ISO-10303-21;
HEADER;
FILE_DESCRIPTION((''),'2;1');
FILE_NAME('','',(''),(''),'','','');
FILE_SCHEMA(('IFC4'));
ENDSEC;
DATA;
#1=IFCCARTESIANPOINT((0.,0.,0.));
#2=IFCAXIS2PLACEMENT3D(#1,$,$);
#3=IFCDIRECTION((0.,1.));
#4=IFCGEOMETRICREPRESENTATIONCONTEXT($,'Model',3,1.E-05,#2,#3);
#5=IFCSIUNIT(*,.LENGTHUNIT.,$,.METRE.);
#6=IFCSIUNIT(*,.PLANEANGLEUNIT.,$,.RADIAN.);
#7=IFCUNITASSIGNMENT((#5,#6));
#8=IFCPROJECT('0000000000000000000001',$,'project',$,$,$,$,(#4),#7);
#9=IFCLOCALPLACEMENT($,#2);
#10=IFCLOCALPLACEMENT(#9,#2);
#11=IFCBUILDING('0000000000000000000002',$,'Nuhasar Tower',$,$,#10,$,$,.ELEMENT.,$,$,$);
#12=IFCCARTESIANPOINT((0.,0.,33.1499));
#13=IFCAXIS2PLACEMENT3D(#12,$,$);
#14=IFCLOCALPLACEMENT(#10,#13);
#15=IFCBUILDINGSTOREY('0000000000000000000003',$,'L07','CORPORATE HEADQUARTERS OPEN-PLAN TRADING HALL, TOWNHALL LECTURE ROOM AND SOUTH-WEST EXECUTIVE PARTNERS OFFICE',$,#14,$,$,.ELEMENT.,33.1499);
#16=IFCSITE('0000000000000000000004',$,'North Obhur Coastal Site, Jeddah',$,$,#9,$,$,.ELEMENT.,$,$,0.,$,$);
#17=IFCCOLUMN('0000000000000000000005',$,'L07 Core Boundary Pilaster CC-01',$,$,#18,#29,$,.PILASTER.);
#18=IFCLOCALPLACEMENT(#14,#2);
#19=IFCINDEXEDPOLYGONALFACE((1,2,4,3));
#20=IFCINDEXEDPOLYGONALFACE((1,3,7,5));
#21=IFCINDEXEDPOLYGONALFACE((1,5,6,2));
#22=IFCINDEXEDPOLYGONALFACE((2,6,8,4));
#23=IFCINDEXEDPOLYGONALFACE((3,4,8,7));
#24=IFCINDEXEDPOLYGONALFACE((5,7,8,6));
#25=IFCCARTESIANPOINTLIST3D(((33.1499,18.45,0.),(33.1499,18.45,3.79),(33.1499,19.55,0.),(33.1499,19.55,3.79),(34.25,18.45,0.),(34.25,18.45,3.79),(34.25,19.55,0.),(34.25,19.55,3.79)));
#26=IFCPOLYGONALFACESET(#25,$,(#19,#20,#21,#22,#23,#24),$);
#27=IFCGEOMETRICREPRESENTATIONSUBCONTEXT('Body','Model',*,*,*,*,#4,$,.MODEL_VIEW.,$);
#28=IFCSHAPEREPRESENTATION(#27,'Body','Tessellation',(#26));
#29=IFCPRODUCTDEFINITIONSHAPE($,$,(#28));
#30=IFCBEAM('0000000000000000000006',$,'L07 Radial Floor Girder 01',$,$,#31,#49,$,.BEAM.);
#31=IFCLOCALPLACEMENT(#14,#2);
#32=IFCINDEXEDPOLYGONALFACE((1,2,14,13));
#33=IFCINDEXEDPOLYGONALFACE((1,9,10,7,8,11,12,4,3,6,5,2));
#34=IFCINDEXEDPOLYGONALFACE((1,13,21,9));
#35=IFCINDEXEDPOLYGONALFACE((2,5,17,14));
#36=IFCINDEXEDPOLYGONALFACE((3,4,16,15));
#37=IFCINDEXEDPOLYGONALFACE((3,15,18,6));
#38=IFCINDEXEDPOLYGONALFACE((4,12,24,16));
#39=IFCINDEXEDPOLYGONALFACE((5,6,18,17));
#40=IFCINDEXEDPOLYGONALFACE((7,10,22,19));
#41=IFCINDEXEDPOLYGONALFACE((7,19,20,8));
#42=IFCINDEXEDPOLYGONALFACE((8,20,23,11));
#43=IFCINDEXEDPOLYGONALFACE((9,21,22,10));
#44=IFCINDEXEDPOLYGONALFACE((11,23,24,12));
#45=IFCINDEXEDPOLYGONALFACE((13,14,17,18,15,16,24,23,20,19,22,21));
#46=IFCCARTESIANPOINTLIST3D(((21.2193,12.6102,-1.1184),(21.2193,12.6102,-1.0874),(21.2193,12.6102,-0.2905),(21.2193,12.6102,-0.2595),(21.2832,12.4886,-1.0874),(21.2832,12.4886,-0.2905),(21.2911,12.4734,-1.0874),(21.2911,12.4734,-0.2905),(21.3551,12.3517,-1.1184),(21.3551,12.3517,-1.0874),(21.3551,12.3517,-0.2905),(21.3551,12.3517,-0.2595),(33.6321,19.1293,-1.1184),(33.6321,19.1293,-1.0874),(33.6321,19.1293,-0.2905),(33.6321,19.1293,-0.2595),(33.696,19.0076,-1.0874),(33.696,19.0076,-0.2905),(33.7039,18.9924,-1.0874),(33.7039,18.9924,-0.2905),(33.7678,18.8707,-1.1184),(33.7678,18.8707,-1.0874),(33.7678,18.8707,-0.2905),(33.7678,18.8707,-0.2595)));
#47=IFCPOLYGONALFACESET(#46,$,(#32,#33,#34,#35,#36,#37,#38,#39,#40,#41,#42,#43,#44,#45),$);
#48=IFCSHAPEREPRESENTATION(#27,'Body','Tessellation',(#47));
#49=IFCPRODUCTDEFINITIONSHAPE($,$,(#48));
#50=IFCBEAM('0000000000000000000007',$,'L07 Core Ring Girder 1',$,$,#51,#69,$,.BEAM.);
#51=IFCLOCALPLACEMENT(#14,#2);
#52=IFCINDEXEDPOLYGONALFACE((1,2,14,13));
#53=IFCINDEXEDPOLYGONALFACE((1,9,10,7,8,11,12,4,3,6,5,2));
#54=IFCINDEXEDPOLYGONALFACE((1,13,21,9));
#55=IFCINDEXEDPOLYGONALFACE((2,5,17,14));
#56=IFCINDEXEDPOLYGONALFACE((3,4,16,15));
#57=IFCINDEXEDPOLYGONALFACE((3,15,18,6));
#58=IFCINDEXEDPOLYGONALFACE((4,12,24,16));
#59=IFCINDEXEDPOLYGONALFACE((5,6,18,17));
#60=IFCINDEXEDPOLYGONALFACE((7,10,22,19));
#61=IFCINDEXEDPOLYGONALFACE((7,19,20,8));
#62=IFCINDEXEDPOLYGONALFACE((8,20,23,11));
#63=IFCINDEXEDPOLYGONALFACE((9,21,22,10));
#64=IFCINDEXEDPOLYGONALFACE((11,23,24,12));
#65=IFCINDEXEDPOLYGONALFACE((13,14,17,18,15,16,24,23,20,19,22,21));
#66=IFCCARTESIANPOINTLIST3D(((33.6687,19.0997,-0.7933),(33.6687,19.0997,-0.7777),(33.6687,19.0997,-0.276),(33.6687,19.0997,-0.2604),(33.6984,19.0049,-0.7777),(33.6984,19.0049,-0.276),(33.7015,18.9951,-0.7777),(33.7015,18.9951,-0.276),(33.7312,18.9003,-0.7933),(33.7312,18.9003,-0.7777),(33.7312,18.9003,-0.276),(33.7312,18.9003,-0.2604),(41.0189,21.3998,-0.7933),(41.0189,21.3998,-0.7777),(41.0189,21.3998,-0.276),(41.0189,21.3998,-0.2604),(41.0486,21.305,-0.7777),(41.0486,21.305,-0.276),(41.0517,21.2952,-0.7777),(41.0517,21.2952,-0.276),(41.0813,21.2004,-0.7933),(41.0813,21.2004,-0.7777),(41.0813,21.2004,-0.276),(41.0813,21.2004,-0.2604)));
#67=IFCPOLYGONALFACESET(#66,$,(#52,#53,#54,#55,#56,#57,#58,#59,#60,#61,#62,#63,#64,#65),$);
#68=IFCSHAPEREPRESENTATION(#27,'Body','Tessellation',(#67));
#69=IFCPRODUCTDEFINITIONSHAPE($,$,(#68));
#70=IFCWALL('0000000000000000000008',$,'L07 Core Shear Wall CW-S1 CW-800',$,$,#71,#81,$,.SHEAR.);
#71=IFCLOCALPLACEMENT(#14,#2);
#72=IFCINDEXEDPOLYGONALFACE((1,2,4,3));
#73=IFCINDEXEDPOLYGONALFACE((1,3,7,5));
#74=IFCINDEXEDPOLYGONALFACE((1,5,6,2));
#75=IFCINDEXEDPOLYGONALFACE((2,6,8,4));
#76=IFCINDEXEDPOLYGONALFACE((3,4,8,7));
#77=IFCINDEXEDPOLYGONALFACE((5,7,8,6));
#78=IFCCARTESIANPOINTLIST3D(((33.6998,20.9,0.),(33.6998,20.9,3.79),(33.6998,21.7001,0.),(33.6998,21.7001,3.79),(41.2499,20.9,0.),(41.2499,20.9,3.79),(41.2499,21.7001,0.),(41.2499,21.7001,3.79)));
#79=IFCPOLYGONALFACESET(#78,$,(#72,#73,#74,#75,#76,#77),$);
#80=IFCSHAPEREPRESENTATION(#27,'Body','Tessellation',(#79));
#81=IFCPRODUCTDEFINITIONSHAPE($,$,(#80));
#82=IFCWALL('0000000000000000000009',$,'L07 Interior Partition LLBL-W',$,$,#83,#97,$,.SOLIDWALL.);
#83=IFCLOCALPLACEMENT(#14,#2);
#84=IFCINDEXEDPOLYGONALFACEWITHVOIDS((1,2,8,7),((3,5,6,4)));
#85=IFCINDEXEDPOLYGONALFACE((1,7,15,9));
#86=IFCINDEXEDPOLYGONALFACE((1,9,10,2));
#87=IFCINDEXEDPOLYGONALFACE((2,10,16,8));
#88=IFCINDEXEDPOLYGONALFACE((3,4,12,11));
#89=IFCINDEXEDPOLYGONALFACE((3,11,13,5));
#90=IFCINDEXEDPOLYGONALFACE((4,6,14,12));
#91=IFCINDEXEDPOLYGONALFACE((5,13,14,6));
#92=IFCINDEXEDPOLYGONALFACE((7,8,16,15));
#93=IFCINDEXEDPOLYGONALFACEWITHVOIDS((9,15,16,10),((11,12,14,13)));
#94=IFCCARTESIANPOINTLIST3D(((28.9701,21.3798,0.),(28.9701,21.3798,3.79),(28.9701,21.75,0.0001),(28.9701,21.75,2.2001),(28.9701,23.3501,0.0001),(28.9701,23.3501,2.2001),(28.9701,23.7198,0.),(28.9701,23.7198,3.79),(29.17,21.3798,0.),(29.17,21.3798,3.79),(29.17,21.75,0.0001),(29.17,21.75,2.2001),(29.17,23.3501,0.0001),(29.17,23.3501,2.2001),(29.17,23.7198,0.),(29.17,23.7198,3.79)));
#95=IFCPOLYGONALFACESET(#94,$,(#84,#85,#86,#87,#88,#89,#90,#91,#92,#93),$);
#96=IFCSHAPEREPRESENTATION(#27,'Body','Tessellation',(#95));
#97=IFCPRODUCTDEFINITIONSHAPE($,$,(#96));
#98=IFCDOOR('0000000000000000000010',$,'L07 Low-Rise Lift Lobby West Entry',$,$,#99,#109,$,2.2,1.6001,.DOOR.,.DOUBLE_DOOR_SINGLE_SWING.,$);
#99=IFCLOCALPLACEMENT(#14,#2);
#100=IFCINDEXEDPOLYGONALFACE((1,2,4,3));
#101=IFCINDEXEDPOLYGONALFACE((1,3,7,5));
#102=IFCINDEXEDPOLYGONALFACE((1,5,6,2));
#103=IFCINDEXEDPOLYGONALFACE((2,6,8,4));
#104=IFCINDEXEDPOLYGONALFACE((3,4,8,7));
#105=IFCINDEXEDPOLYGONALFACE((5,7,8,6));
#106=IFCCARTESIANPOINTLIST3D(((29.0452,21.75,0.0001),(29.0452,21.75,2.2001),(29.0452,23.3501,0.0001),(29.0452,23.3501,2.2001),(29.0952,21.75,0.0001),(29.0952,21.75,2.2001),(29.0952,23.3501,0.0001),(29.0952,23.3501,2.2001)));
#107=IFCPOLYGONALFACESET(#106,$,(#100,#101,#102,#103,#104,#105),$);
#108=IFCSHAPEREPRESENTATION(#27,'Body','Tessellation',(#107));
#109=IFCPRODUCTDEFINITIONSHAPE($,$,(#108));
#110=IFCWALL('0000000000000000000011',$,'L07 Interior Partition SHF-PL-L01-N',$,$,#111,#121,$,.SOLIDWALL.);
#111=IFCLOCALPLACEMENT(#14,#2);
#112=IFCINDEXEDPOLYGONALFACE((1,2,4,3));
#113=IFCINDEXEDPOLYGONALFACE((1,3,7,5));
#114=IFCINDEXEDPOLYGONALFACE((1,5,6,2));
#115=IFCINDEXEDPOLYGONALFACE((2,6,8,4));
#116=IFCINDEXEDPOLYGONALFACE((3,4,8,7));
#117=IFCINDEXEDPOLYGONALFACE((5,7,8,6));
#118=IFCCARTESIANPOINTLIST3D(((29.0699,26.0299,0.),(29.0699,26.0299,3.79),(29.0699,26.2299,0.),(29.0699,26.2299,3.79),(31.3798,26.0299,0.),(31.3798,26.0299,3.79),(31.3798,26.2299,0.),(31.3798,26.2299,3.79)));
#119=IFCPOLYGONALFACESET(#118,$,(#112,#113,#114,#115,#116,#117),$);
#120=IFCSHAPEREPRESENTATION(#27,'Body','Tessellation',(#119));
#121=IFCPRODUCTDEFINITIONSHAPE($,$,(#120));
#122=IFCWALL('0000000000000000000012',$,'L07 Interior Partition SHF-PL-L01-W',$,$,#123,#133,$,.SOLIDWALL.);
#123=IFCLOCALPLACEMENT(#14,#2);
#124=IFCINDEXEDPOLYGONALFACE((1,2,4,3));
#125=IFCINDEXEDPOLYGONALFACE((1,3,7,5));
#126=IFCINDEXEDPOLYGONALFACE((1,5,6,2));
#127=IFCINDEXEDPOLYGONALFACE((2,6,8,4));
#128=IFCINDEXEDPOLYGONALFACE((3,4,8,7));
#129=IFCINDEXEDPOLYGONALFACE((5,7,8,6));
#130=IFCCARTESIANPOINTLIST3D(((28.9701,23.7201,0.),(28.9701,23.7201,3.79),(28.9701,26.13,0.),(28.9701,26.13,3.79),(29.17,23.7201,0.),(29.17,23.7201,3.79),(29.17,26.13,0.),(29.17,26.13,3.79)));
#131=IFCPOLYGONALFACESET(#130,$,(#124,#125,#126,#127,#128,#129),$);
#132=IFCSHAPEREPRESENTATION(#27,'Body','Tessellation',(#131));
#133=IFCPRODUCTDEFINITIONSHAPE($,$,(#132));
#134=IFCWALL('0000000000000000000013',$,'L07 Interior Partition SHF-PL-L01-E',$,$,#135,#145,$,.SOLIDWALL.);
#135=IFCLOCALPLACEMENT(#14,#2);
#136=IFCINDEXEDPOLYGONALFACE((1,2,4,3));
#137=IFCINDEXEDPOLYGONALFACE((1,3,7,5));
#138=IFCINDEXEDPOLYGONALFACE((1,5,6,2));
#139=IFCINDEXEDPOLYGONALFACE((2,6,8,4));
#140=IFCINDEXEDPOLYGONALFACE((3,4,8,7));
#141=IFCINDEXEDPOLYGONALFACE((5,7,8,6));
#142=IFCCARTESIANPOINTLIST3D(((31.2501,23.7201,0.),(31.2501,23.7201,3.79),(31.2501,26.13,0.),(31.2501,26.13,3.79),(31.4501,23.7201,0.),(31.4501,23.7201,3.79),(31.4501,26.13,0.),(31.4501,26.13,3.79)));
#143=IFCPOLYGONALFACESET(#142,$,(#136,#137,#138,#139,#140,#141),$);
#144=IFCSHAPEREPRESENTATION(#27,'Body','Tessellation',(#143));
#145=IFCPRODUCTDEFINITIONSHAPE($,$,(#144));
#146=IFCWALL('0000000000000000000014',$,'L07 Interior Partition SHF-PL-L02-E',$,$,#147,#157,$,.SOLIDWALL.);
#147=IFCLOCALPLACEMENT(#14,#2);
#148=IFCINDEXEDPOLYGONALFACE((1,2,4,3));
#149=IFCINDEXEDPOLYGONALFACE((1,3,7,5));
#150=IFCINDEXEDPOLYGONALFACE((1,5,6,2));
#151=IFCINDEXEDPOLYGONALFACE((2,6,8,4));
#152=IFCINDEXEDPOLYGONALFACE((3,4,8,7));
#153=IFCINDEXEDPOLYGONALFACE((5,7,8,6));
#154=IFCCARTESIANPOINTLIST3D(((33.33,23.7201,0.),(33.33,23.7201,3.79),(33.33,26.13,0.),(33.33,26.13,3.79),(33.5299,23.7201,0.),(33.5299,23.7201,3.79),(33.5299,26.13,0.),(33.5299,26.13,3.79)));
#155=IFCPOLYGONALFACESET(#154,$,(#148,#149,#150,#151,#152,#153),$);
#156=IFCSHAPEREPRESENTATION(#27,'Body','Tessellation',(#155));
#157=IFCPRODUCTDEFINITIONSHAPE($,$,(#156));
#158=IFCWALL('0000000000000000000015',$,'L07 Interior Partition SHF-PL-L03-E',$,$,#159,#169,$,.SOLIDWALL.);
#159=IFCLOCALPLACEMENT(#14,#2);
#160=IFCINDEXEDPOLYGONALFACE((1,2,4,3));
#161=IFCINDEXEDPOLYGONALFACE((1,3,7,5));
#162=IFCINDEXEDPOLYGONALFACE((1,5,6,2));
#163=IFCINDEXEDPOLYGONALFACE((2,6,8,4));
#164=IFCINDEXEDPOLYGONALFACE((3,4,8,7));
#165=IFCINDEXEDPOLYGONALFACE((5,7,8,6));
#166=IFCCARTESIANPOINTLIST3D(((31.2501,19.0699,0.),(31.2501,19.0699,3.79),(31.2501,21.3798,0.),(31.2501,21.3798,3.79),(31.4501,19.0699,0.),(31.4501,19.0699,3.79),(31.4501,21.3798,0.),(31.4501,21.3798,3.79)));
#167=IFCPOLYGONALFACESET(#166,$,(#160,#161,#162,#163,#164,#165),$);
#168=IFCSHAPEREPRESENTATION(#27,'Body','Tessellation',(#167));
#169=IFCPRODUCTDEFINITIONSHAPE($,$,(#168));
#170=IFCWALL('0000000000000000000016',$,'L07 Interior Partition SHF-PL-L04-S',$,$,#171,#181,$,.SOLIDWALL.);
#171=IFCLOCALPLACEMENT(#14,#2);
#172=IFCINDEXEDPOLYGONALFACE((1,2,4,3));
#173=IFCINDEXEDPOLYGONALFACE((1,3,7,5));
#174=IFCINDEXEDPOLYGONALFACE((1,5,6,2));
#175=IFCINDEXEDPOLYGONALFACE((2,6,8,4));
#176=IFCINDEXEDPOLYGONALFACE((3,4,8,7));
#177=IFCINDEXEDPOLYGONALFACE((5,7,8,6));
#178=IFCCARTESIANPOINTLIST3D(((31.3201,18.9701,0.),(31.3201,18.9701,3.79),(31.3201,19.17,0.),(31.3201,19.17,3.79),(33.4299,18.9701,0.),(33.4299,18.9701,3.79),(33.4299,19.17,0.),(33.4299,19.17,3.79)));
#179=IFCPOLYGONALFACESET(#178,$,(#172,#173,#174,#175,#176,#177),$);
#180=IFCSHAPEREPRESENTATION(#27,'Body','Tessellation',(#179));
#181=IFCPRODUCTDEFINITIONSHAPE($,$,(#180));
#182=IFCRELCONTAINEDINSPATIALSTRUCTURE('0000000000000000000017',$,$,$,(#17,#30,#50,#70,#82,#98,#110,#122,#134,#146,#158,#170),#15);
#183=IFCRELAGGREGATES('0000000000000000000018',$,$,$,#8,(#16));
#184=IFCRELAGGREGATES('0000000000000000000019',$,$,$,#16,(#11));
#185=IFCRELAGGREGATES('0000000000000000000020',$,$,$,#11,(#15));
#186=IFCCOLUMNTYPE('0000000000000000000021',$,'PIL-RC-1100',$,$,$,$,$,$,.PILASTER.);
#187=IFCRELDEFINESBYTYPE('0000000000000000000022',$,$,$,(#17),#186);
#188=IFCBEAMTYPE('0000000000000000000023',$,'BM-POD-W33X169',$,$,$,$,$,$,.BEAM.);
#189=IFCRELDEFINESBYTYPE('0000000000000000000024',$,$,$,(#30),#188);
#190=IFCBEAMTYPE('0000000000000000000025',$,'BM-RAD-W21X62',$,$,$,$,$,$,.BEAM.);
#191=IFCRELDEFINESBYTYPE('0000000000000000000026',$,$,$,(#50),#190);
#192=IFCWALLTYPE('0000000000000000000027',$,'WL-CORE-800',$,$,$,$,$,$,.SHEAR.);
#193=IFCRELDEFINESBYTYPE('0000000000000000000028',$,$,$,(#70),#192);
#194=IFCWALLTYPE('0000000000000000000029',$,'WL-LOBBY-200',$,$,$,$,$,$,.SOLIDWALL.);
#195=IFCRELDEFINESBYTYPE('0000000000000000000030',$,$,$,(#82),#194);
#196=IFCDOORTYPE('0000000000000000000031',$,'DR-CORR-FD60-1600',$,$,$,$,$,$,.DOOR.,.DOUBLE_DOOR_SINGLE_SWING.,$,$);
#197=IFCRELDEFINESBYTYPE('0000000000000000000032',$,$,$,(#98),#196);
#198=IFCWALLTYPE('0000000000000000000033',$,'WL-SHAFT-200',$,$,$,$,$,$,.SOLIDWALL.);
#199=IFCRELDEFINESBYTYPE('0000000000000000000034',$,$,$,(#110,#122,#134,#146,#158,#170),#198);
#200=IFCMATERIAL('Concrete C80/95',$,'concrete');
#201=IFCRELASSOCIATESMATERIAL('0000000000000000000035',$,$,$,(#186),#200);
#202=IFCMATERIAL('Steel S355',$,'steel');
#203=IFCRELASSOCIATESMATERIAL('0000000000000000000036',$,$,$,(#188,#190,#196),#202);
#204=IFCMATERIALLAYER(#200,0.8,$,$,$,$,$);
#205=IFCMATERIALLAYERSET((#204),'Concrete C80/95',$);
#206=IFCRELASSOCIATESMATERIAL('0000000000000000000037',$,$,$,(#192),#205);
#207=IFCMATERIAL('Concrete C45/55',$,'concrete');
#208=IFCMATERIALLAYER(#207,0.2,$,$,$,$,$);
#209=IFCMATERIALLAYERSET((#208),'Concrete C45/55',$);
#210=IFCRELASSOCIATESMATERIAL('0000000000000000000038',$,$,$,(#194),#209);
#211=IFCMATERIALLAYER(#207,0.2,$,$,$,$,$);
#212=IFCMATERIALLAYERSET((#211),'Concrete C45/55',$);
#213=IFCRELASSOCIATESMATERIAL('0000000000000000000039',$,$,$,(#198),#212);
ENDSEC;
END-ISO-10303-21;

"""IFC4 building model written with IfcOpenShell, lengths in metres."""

from ifc_helpers import new_model, si_unit, direction, frame, frame_2d, origin, origin_2d, place, context, subcontext, project, spatial, rectangle, i_section, extrude, material, layer, layer_set, material_profile, profile_set, type_object, element, fill, save


model = new_model("IFC4")

# Units and contexts
model_context = context("Model", 3, precision=1e-05, world=origin(), true_north=direction((0.0, 1.0)))
body_context = subcontext(model_context, "Body", "Model", "MODEL_VIEW")
ifc_project = project(units=[si_unit("LENGTHUNIT", "METRE"), si_unit("PLANEANGLEUNIT", "RADIAN")], contexts=[model_context])

# Site, building, storey
site_placement = place(None, origin())
site = spatial("IfcSite", under=ifc_project, at=site_placement, Name="North Obhur Coastal Site, Jeddah", CompositionType="ELEMENT", RefElevation=0.0)
building_placement = place(site_placement, origin())
building = spatial("IfcBuilding", under=site, at=building_placement, Name="Nuhasar Tower", CompositionType="ELEMENT")
storey_placement = place(building_placement, frame((0.0, 0.0, 33.1499)))
storey = spatial("IfcBuildingStorey", under=building, at=storey_placement, Name="L07", Description="CORPORATE HEADQUARTERS OPEN-PLAN TRADING HALL, TOWNHALL LECTURE ROOM AND SOUTH-WEST EXECUTIVE PARTNERS OFFICE", CompositionType="ELEMENT", Elevation=33.1499)

# Column
ifc_material_1 = material(Name="Concrete C80/95", Category="concrete")
ifc_material_profile_1 = material_profile(ifc_material_1, rectangle(XDim=1.1001, YDim=1.1001, at=origin_2d()), Name="RC1100X1100")
ifc_profile_set_1 = profile_set([ifc_material_profile_1], Name="Concrete C80/95")
column_type = type_object("IfcColumnType", Name="PIL-RC-1100", PredefinedType="PILASTER", material=ifc_profile_set_1)
column_placement = place(storey_placement, frame((33.7, 19.0, 0.0), z_axis=(0.0, 0.0, 1.0), x_axis=(1.0, 0.0, 0.0)))
element("IfcColumn", 1, at=column_placement, inside=storey, type_object=column_type, Name="L07 Core Boundary Pilaster CC-01", PredefinedType="PILASTER", context=body_context, shape_type="SweptSolid", body=[
    extrude(rectangle(XDim=1.1001, YDim=1.1001, at=origin_2d()), origin(), (0.0, 0.0, 1.0), 3.79),
])

# Beams
ifc_material_2 = material(Name="Steel S355", Category="steel")
ifc_material_profile_2 = material_profile(ifc_material_2, i_section(OverallWidth=0.292, OverallDepth=0.8589, WebThickness=0.0171, FlangeThickness=0.031, at=origin_2d()), Name="W33X169")
ifc_profile_set_2 = profile_set([ifc_material_profile_2], Name="Steel S355")
beam_type_1 = type_object("IfcBeamType", Name="BM-POD-W33X169", PredefinedType="BEAM", material=ifc_profile_set_2)
beam_1_placement = place(storey_placement, frame((33.7, 19.0, -0.689), z_axis=(-0.88533, -0.464963, 0.0), x_axis=(0.464963, -0.88533, 0.0)))
element("IfcBeam", 2, at=beam_1_placement, inside=storey, type_object=beam_type_1, Name="L07 Radial Floor Girder 01", PredefinedType="BEAM", context=body_context, shape_type="SweptSolid", body=[
    extrude(i_section(OverallWidth=0.292, OverallDepth=0.8589, WebThickness=0.0171, FlangeThickness=0.031, at=origin_2d()), origin(), (0.0, 0.0, 1.0), 14.0205),
])
ifc_material_profile_3 = material_profile(ifc_material_2, i_section(OverallWidth=0.209, OverallDepth=0.533, WebThickness=0.0103, FlangeThickness=0.0156, at=origin_2d()), Name="W21X62")
ifc_profile_set_3 = profile_set([ifc_material_profile_3], Name="Steel S355")
beam_type_2 = type_object("IfcBeamType", Name="BM-RAD-W21X62", PredefinedType="BEAM", material=ifc_profile_set_3)
beam_2_placement = place(storey_placement, frame((33.7, 19.0, -0.5269), z_axis=(0.954364, 0.298647, 0.0), x_axis=(-0.298647, 0.954364, 0.0)))
element("IfcBeam", 3, at=beam_2_placement, inside=storey, type_object=beam_type_2, Name="L07 Core Ring Girder 1", PredefinedType="BEAM", context=body_context, shape_type="SweptSolid", body=[
    extrude(i_section(OverallWidth=0.209, OverallDepth=0.533, WebThickness=0.0103, FlangeThickness=0.0156, at=origin_2d()), origin(), (0.0, 0.0, 1.0), 7.7017),
])

# Wall
ifc_layer_1 = layer(ifc_material_1, 0.8)
ifc_layer_set_1 = layer_set([ifc_layer_1], Name="Concrete C80/95")
wall_type_1 = type_object("IfcWallType", Name="WL-CORE-800", PredefinedType="SHEAR", material=ifc_layer_set_1)
wall_1_placement = place(storey_placement, frame((33.7, 21.3, 0.0), z_axis=(0.0, 0.0, 1.0), x_axis=(1.0, 0.0, 0.0)))
element("IfcWall", 4, at=wall_1_placement, inside=storey, type_object=wall_type_1, Name="L07 Core Shear Wall CW-S1 CW-800", PredefinedType="SHEAR", context=body_context, shape_type="SweptSolid", body=[
    extrude(rectangle(XDim=7.55, YDim=0.8, at=frame_2d((3.7749, 0.0))), origin(), (0.0, 0.0, 1.0), 3.79),
])

# Wall, opening, door
ifc_material_3 = material(Name="Concrete C45/55", Category="concrete")
ifc_layer_2 = layer(ifc_material_3, 0.2)
ifc_layer_set_2 = layer_set([ifc_layer_2], Name="Concrete C45/55")
wall_type_2 = type_object("IfcWallType", Name="WL-LOBBY-200", PredefinedType="SOLIDWALL", material=ifc_layer_set_2)
wall_2_placement = place(storey_placement, frame((29.0701, 21.3799, 0.0), z_axis=(0.0, 0.0, 1.0), x_axis=(0.0, 1.0, 0.0)))
wall_2 = element("IfcWall", 5, at=wall_2_placement, inside=storey, type_object=wall_type_2, Name="L07 Interior Partition LLBL-W", PredefinedType="SOLIDWALL", context=body_context, shape_type="SweptSolid", body=[
    extrude(rectangle(XDim=2.3401, YDim=0.2, at=frame_2d((1.1699, 0.0))), origin(), (0.0, 0.0, 1.0), 3.79),
])
opening_1_placement = place(wall_2_placement, frame((0.3701, 0.0, 0.0)))
opening_1 = element("IfcOpeningElement", 6, at=opening_1_placement, cuts=wall_2, PredefinedType="OPENING", context=body_context, shape_type="SweptSolid", body=[
    extrude(rectangle(XDim=1.6001, YDim=2.2, at=frame_2d((0.8, 1.1001))), frame((0.0, 0.1099, 0.0), z_axis=(0.0, -1.0, 0.0), x_axis=(1.0, 0.0, 0.0)), (0.0, 0.0, 1.0), 0.22),
])
door_type_1 = type_object("IfcDoorType", Name="DR-CORR-FD60-1600", OperationType="DOUBLE_DOOR_SINGLE_SWING", PredefinedType="DOOR", material=ifc_material_2)
door_1_placement = place(opening_1_placement, origin())
door_1 = element("IfcDoor", 7, at=door_1_placement, inside=storey, type_object=door_type_1, Name="L07 Low-Rise Lift Lobby West Entry", OperationType="DOUBLE_DOOR_SINGLE_SWING", OverallHeight=2.2, OverallWidth=1.6001, PredefinedType="DOOR", context=body_context, shape_type="SweptSolid", body=[
    extrude(rectangle(XDim=1.6001, YDim=2.2, at=frame_2d((0.8, 1.1001))), frame((0.0, 0.0249, 0.0), z_axis=(0.0, -1.0, 0.0), x_axis=(1.0, 0.0, 0.0)), (0.0, 0.0, 1.0), 0.05),
])
fill(opening_1, door_1)
ifc_layer_3 = layer(ifc_material_3, 0.2)
ifc_layer_set_3 = layer_set([ifc_layer_3], Name="Concrete C45/55")
wall_type_3 = type_object("IfcWallType", Name="WL-SHAFT-200", PredefinedType="SOLIDWALL", material=ifc_layer_set_3)

# Walls
wall_3_placement = place(storey_placement, frame((29.0701, 26.1299, 0.0), z_axis=(0.0, 0.0, 1.0), x_axis=(1.0, 0.0, 0.0)))
element("IfcWall", 8, at=wall_3_placement, inside=storey, type_object=wall_type_3, Name="L07 Interior Partition SHF-PL-L01-N", PredefinedType="SOLIDWALL", context=body_context, shape_type="SweptSolid", body=[
    extrude(rectangle(XDim=2.3098, YDim=0.2, at=frame_2d((1.1548, 0.0))), origin(), (0.0, 0.0, 1.0), 3.79),
])
for number, where, z_axis, x_axis, name in (
    (9, (29.0701, 23.72, 0.0), (0.0, 0.0, 1.0), (0.0, 1.0, 0.0), "L07 Interior Partition SHF-PL-L01-W"),
    (10, (31.3501, 23.72, 0.0), (0.0, 0.0, 1.0), (0.0, 1.0, 0.0), "L07 Interior Partition SHF-PL-L01-E"),
):
    element("IfcWall", number, at=place(storey_placement, frame(where, z_axis=z_axis, x_axis=x_axis)), inside=storey, type_object=wall_type_3, Name=name, PredefinedType="SOLIDWALL", context=body_context, shape_type="SweptSolid", body=[
        extrude(rectangle(XDim=2.4099, YDim=0.2, at=frame_2d((1.2051, 0.0))), origin(), (0.0, 0.0, 1.0), 3.79),
    ])

# Wall
wall_4_placement = place(storey_placement, frame((33.4299, 23.72, 0.0), z_axis=(0.0, 0.0, 1.0), x_axis=(0.0, 1.0, 0.0)))
element("IfcWall", 11, at=wall_4_placement, inside=storey, type_object=wall_type_3, Name="L07 Interior Partition SHF-PL-L02-E", PredefinedType="SOLIDWALL", context=body_context, shape_type="SweptSolid", body=[
    extrude(rectangle(XDim=2.4099, YDim=0.2, at=frame_2d((1.2051, 0.0))), origin(), (0.0, 0.0, 1.0), 3.79),
])

# Walls
wall_5_placement = place(storey_placement, frame((31.3501, 19.0701, 0.0), z_axis=(0.0, 0.0, 1.0), x_axis=(0.0, 1.0, 0.0)))
element("IfcWall", 12, at=wall_5_placement, inside=storey, type_object=wall_type_3, Name="L07 Interior Partition SHF-PL-L03-E", PredefinedType="SOLIDWALL", context=body_context, shape_type="SweptSolid", body=[
    extrude(rectangle(XDim=2.3098, YDim=0.2, at=frame_2d((1.1548, 0.0))), origin(), (0.0, 0.0, 1.0), 3.79),
])
wall_6_placement = place(storey_placement, frame((31.3201, 19.0701, 0.0), z_axis=(0.0, 0.0, 1.0), x_axis=(1.0, 0.0, 0.0)))
element("IfcWall", 13, at=wall_6_placement, inside=storey, type_object=wall_type_3, Name="L07 Interior Partition SHF-PL-L04-S", PredefinedType="SOLIDWALL", context=body_context, shape_type="SweptSolid", body=[
    extrude(rectangle(XDim=2.1099, YDim=0.2, at=frame_2d((1.0549, 0.0))), origin(), (0.0, 0.0, 1.0), 3.79),
])

save(model, "model.ifc")
